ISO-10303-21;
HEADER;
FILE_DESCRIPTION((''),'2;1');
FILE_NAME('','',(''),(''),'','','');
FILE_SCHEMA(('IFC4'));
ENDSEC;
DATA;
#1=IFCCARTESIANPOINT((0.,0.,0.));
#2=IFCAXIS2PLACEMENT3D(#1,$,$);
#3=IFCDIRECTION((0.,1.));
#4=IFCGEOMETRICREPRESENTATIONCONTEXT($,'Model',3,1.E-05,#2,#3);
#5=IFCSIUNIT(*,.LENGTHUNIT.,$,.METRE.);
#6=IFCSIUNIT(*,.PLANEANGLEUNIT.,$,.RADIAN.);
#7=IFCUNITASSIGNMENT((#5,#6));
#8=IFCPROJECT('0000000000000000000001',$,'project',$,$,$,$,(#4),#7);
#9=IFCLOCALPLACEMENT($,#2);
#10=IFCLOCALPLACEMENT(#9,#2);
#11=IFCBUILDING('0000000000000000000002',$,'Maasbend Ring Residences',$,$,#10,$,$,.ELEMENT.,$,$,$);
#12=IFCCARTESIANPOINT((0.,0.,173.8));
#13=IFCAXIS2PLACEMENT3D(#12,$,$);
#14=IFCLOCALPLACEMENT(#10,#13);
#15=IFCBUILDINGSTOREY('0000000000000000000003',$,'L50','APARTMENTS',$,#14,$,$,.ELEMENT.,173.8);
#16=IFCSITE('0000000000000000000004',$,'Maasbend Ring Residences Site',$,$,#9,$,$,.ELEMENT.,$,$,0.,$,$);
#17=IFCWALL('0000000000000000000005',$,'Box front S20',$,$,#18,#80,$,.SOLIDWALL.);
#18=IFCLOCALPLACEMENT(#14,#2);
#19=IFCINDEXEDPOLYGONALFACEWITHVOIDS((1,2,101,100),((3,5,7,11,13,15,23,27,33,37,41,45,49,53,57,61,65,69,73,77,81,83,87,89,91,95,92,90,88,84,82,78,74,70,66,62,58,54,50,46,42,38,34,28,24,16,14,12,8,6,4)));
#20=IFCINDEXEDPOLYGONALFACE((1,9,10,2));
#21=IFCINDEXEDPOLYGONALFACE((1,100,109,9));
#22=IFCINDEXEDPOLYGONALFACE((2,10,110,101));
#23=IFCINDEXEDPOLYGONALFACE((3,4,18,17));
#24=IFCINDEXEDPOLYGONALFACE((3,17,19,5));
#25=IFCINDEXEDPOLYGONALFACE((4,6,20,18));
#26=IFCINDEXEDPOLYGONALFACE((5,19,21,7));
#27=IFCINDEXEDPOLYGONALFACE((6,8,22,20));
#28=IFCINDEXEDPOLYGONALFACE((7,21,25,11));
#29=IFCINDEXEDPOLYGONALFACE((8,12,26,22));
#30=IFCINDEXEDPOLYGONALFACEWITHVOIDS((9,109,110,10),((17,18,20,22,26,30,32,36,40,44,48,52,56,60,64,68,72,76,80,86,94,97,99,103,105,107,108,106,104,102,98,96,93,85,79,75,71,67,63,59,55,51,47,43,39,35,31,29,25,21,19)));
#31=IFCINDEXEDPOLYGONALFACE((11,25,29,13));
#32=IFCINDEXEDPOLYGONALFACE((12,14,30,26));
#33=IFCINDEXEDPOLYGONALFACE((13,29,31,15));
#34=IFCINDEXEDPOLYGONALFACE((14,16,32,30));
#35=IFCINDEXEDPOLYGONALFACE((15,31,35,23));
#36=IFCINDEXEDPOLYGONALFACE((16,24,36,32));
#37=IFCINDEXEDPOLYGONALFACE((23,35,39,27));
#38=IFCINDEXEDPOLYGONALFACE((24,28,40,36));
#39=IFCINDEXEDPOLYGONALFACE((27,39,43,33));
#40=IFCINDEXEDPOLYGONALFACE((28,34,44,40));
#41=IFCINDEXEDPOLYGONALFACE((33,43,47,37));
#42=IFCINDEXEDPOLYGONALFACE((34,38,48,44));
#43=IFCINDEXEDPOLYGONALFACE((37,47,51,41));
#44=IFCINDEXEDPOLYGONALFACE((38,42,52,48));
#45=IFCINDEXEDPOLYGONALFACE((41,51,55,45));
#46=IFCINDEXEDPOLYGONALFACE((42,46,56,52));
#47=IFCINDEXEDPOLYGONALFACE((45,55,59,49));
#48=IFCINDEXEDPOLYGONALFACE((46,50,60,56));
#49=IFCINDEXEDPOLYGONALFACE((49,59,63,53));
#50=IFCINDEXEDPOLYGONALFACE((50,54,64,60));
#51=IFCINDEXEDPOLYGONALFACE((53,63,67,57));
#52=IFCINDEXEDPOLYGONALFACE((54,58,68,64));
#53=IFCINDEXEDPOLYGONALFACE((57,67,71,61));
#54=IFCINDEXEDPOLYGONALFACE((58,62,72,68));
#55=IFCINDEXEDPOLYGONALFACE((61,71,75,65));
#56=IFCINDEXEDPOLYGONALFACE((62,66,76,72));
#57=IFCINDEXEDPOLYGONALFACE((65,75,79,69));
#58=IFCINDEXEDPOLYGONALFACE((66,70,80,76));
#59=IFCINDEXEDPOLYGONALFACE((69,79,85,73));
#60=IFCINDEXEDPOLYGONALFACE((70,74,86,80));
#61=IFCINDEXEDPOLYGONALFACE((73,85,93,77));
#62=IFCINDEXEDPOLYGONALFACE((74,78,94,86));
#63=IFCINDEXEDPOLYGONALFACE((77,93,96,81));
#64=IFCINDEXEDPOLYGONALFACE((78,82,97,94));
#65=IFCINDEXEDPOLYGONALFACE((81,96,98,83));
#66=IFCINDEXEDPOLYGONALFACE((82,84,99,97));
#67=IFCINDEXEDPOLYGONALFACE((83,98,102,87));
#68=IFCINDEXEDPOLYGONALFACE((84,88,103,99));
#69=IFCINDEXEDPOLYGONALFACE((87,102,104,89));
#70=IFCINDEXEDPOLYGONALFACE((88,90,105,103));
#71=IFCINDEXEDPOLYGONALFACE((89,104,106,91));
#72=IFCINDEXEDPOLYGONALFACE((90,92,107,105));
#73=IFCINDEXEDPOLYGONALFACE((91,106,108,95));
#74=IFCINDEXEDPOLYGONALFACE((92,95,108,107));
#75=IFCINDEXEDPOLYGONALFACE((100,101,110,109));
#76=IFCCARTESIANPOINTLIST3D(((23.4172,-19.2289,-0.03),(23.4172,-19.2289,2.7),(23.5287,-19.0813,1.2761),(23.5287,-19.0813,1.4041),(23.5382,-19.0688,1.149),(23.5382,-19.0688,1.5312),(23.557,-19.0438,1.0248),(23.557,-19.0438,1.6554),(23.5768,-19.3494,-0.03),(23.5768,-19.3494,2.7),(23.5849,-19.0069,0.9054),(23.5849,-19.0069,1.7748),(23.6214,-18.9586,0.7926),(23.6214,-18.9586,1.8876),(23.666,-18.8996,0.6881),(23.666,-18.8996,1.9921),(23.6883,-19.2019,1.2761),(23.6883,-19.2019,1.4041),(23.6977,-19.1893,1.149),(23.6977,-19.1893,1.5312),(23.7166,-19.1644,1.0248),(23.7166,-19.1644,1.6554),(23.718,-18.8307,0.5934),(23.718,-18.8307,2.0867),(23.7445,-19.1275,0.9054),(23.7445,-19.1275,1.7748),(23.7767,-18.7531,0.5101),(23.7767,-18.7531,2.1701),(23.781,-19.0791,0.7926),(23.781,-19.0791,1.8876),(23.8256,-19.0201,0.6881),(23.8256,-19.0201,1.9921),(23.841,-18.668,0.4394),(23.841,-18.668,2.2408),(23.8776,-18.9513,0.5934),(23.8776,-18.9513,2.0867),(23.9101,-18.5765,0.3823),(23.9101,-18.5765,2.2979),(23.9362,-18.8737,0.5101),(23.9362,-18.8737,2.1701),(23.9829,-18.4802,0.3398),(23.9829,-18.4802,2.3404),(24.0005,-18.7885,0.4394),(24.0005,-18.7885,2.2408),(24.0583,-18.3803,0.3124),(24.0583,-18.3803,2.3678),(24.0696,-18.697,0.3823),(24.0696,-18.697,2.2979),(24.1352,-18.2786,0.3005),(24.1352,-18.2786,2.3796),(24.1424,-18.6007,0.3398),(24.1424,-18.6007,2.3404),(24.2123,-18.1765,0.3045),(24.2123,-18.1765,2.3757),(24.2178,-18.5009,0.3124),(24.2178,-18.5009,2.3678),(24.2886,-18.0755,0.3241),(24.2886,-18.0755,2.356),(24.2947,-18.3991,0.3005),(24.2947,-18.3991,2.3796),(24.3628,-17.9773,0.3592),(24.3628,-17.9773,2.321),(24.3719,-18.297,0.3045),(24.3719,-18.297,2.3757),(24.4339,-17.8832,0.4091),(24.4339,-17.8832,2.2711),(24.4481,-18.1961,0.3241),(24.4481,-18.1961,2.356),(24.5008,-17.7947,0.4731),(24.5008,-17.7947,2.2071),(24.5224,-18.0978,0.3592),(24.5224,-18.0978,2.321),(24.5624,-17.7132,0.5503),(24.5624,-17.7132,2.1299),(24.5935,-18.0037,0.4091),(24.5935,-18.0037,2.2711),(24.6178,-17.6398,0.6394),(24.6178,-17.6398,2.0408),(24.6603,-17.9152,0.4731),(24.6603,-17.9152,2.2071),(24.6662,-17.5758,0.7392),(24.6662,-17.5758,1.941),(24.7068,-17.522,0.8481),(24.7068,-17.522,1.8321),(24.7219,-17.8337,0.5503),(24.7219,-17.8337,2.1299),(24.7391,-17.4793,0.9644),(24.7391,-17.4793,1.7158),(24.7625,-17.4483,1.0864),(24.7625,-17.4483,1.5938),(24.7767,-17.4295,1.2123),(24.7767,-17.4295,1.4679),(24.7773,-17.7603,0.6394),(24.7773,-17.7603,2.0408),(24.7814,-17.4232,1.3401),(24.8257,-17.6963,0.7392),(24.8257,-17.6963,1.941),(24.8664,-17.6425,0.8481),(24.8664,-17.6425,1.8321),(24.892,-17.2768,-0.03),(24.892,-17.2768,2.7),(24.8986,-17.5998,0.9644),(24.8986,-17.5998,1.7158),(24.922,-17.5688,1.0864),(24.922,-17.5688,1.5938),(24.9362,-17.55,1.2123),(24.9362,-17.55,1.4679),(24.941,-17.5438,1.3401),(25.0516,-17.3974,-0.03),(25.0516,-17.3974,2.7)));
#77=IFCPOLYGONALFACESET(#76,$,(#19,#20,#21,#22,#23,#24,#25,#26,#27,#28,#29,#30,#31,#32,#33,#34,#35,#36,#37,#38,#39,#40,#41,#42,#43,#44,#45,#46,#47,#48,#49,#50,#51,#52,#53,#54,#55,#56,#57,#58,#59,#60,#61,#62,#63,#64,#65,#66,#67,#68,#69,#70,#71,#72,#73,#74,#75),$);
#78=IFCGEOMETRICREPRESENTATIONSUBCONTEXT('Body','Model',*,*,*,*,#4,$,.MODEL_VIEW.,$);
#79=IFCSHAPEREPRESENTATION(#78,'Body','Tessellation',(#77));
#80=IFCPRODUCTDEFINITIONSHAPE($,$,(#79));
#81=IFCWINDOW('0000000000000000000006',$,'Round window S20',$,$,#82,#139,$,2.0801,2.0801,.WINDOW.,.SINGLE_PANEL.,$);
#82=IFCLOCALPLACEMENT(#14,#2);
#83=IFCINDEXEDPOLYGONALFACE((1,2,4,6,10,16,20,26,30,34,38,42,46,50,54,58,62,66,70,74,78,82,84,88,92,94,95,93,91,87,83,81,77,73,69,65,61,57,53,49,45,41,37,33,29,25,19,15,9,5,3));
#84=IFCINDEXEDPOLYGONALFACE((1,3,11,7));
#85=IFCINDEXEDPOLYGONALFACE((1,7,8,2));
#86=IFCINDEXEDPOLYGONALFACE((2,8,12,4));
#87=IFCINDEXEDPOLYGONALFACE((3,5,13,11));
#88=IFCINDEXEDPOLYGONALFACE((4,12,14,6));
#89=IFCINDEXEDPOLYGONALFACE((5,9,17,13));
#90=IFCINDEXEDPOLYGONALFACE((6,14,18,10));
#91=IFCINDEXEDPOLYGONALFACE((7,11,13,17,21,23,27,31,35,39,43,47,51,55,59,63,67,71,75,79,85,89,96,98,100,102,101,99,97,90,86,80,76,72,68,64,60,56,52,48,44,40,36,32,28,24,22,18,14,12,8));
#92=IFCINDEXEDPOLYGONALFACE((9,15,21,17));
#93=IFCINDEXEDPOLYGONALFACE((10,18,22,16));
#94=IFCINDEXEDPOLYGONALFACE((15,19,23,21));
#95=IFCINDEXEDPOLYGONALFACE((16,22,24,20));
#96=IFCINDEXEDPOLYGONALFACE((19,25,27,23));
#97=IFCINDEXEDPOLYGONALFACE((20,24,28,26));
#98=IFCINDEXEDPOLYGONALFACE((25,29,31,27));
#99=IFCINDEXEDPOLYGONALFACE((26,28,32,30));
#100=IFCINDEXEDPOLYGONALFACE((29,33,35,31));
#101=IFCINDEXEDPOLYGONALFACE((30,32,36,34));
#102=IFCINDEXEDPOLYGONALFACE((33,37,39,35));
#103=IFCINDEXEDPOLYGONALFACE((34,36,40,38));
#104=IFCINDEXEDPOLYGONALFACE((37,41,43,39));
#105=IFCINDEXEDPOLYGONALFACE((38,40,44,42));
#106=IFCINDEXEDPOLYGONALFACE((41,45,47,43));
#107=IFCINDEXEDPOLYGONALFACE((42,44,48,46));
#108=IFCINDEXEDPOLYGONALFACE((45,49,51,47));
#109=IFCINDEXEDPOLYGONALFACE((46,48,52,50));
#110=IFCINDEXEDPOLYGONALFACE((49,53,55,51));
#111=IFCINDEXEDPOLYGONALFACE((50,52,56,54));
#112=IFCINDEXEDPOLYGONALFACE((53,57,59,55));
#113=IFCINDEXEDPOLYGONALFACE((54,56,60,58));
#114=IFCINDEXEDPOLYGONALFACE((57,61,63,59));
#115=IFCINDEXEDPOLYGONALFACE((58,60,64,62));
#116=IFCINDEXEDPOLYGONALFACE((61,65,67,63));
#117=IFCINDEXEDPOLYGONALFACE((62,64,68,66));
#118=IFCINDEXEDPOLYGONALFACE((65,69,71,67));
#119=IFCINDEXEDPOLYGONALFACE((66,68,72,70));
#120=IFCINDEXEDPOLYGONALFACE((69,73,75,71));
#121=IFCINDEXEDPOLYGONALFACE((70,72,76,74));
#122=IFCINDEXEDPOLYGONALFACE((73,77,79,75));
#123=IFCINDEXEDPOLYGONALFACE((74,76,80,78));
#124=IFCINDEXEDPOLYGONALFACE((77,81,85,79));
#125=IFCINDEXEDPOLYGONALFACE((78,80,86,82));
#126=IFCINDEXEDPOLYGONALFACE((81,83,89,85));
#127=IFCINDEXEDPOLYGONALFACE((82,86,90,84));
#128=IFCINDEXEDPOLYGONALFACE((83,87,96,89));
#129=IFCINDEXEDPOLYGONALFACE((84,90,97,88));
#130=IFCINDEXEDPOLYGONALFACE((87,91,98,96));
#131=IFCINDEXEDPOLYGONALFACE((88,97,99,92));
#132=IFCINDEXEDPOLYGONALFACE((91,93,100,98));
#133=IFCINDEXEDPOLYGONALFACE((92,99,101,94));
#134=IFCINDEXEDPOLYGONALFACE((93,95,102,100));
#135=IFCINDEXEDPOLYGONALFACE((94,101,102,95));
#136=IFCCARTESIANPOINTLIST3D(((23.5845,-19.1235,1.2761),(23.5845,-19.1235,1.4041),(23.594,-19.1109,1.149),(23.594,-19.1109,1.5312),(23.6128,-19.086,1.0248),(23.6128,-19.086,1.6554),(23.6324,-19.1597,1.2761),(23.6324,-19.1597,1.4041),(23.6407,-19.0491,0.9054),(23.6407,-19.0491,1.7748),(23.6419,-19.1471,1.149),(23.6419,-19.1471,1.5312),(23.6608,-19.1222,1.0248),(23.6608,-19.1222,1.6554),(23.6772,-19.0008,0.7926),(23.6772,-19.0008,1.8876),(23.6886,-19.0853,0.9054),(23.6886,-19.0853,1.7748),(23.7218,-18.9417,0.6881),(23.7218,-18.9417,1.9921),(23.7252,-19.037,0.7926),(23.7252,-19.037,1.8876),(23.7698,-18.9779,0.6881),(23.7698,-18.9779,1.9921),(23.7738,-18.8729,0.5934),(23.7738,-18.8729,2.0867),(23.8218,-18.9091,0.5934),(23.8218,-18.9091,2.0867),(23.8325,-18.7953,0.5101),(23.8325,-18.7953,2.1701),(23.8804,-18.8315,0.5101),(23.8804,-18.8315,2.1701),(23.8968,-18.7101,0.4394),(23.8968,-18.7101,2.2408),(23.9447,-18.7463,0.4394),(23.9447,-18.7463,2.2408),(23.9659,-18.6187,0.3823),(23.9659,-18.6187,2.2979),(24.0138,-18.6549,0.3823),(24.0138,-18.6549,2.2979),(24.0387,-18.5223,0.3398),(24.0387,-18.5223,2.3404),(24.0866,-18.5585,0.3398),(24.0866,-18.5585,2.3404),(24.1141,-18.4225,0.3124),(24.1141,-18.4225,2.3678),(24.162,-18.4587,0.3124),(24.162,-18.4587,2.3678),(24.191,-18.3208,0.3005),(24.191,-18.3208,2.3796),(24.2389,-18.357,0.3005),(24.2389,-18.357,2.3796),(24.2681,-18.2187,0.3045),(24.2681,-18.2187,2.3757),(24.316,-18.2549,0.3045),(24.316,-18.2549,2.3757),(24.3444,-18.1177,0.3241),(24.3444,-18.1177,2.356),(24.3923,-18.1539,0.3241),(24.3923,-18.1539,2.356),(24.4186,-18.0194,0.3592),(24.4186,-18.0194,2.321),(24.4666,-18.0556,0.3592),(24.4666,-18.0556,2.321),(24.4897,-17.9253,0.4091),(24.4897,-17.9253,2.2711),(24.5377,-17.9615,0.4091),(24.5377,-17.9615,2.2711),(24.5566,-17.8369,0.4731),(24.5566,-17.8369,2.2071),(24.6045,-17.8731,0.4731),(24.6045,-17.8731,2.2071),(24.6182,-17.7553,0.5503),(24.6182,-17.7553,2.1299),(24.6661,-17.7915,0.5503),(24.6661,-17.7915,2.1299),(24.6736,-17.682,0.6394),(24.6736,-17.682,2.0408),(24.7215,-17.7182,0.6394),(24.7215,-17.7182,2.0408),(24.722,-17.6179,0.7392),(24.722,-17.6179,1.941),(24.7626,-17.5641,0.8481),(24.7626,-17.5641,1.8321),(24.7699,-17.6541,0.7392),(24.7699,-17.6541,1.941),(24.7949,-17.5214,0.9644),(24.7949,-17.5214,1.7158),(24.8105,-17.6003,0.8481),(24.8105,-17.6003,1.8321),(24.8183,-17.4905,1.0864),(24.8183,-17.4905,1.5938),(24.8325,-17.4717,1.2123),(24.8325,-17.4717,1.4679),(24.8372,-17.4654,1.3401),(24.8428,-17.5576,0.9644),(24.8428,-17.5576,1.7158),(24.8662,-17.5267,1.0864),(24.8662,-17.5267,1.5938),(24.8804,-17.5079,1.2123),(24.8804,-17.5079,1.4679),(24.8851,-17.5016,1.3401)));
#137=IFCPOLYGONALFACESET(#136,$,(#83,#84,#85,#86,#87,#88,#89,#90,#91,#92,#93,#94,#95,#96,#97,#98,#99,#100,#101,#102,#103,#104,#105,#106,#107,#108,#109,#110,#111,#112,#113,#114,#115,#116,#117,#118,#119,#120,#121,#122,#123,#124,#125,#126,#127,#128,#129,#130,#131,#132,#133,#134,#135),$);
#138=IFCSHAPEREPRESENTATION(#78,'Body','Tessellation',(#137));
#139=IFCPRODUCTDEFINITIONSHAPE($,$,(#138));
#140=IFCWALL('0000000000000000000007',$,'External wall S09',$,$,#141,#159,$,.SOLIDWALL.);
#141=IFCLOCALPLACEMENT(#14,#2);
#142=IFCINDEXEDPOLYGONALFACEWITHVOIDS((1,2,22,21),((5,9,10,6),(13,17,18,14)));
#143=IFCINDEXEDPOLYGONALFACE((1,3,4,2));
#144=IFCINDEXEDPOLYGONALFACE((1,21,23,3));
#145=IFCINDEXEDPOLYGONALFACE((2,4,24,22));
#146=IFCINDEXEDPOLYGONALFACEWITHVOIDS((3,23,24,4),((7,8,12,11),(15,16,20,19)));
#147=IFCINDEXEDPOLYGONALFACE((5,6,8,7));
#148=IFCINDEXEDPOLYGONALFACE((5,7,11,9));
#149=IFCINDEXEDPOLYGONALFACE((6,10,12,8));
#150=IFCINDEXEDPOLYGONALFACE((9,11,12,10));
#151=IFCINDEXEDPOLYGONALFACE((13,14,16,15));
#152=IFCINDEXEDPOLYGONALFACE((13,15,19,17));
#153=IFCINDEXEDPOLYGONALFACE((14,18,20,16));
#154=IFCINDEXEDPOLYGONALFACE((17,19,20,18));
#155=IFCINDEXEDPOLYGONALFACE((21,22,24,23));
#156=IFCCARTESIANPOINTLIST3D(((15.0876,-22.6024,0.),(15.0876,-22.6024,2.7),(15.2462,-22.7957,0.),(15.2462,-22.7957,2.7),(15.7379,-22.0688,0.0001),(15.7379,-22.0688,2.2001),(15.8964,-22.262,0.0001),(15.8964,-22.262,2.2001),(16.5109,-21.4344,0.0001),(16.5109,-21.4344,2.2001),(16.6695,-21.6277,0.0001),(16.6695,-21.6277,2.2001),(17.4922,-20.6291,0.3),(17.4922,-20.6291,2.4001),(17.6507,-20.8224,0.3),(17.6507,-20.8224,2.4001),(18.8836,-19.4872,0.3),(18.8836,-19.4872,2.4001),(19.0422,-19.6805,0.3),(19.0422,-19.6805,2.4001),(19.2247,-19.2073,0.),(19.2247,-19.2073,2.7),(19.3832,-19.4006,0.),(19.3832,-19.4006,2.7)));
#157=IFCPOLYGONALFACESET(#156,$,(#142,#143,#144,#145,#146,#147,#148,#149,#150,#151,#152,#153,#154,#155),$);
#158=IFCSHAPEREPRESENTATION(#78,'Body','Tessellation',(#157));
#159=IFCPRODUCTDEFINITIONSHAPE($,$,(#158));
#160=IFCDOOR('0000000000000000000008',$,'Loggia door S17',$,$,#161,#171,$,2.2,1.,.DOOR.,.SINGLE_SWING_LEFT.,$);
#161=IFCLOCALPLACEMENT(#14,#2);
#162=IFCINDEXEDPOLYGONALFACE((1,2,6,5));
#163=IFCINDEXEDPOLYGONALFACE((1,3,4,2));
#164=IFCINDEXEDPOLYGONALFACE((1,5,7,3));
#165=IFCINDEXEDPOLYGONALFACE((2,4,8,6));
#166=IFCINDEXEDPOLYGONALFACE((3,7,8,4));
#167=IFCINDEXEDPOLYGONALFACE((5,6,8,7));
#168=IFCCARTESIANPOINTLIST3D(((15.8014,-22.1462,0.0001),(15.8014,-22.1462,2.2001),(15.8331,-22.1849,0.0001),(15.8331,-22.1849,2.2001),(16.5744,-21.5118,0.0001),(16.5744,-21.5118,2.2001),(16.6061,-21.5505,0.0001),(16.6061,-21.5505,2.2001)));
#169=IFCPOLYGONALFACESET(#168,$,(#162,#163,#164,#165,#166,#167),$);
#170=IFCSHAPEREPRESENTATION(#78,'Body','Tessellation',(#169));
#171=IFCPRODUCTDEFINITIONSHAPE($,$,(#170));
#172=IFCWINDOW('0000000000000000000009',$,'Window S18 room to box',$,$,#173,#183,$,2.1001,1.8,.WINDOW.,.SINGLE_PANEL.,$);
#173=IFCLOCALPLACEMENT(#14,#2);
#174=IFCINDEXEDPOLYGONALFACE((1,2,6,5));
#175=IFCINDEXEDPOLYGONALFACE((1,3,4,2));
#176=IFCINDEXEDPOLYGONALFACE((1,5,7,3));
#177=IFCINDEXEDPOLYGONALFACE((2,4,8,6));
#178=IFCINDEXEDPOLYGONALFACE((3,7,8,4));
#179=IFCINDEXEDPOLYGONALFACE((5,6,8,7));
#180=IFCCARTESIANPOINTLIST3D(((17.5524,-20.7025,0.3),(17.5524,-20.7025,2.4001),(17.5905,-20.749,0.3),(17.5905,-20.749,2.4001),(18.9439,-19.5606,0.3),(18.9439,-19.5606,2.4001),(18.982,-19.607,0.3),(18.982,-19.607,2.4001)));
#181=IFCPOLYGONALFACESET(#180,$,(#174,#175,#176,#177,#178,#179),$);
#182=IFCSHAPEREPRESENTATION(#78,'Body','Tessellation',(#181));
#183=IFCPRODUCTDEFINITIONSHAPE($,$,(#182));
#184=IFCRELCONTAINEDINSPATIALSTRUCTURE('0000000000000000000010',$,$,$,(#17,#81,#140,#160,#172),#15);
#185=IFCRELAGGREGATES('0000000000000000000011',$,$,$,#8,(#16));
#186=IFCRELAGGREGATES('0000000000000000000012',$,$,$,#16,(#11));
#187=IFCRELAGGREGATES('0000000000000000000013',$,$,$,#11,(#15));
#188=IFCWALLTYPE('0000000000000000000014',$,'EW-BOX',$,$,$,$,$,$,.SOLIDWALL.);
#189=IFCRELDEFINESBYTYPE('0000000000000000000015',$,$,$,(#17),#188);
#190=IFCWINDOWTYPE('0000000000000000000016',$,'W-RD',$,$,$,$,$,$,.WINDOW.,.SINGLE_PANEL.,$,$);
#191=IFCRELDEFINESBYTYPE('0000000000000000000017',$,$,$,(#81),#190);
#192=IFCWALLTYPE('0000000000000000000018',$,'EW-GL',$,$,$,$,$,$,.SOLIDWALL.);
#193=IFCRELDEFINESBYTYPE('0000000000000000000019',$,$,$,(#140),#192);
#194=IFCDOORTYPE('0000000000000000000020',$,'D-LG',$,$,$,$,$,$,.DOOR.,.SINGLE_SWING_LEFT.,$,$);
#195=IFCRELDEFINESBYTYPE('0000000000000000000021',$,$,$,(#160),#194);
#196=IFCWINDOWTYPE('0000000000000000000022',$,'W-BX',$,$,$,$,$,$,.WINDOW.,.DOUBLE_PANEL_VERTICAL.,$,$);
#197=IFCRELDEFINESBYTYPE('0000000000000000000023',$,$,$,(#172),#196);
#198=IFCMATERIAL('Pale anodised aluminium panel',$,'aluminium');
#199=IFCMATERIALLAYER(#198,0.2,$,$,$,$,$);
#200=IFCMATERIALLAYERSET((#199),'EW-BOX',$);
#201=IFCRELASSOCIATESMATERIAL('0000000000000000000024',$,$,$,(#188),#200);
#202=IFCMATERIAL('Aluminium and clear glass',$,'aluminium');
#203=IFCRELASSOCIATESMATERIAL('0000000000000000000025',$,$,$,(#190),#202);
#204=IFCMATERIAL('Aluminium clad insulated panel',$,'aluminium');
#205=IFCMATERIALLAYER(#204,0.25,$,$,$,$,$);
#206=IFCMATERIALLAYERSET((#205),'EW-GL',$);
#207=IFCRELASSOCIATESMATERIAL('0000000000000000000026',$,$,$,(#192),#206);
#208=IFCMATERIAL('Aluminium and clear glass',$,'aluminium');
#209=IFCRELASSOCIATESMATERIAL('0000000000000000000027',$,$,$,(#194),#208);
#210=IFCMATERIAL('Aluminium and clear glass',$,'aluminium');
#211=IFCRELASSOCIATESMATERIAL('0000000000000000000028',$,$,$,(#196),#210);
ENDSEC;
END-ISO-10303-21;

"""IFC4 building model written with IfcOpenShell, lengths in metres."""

from ifc_helpers import new_model, si_unit, direction, frame, frame_2d, origin, place, context, subcontext, project, spatial, rectangle, circle, extrude, material, layer, layer_set, type_object, element, fill, save


model = new_model("IFC4")

# Units and contexts
model_context = context("Model", 3, precision=1e-05, world=origin(), true_north=direction((0.0, 1.0)))
body_context = subcontext(model_context, "Body", "Model", "MODEL_VIEW")
ifc_project = project(units=[si_unit("LENGTHUNIT", "METRE"), si_unit("PLANEANGLEUNIT", "RADIAN")], contexts=[model_context])

# Site, building, storey
site_placement = place(None, origin())
site = spatial("IfcSite", under=ifc_project, at=site_placement, Name="Maasbend Ring Residences Site", CompositionType="ELEMENT", RefElevation=0.0)
building_placement = place(site_placement, origin())
building = spatial("IfcBuilding", under=site, at=building_placement, Name="Maasbend Ring Residences", CompositionType="ELEMENT")
storey_placement = place(building_placement, frame((0.0, 0.0, 173.8)))
storey = spatial("IfcBuildingStorey", under=building, at=storey_placement, Name="L50", Description="APARTMENTS", CompositionType="ELEMENT", Elevation=173.8)

# Shared definitions
ifc_material_1 = material(Name="Pale anodised aluminium panel", Category="aluminium")
ifc_layer_1 = layer(ifc_material_1, 0.2)
ifc_layer_set_1 = layer_set([ifc_layer_1], Name="EW-BOX")
wall_type_1 = type_object("IfcWallType", Name="EW-BOX", PredefinedType="SOLIDWALL", material=ifc_layer_set_1)
ifc_material_2 = material(Name="Aluminium and clear glass", Category="aluminium")
window_type_1 = type_object("IfcWindowType", Name="W-RD", PartitioningType="SINGLE_PANEL", PredefinedType="WINDOW", material=ifc_material_2)

# Wall, opening, window
wall_1_placement = place(storey_placement, frame((23.4971, -19.2891, -0.03), z_axis=(0.0, 0.0, 1.0), x_axis=(0.602806, 0.797888, 0.0)))
wall_1 = element("IfcWall", 1, at=wall_1_placement, inside=storey, type_object=wall_type_1, Name="Box front S20", PredefinedType="SOLIDWALL", context=body_context, shape_type="SweptSolid", body=[
    extrude(rectangle(XDim=2.4465, YDim=0.2, at=frame_2d((1.2231, 0.0))), origin(), (0.0, 0.0, 1.0), 2.73),
])
opening_1_placement = place(wall_1_placement, frame((0.1829, 0.0, 0.3301)))
opening_1 = element("IfcOpeningElement", 2, at=opening_1_placement, cuts=wall_1, PredefinedType="OPENING", context=body_context, shape_type="SweptSolid", body=[
    extrude(circle(Radius=1.04, at=frame_2d((1.04, 1.04))), frame((0.0, 0.1099, 0.0), z_axis=(0.0, -1.0, 0.0), x_axis=(1.0, 0.0, 0.0)), (0.0, 0.0, 1.0), 0.22),
])
window_1_placement = place(opening_1_placement, origin())
window_1 = element("IfcWindow", 3, at=window_1_placement, inside=storey, type_object=window_type_1, Name="Round window S20", OverallHeight=2.0801, OverallWidth=2.0801, PartitioningType="SINGLE_PANEL", PredefinedType="WINDOW", context=body_context, shape_type="SweptSolid", body=[
    extrude(circle(Radius=1.04, at=frame_2d((1.04, 1.04))), frame((0.0, 0.03, 0.0), z_axis=(0.0, -1.0, 0.0), x_axis=(1.0, 0.0, 0.0)), (0.0, 0.0, 1.0), 0.0601),
])
fill(opening_1, window_1)

# Wall, openings, door, window
ifc_material_3 = material(Name="Aluminium clad insulated panel", Category="aluminium")
ifc_layer_2 = layer(ifc_material_3, 0.25)
ifc_layer_set_2 = layer_set([ifc_layer_2], Name="EW-GL")
wall_type_2 = type_object("IfcWallType", Name="EW-GL", PredefinedType="SOLIDWALL", material=ifc_layer_set_2)
wall_2_placement = place(storey_placement, frame((15.167, -22.699, 0.0), z_axis=(0.0, 0.0, 1.0), x_axis=(0.773019, 0.634382, 0.0)))
wall_2 = element("IfcWall", 4, at=wall_2_placement, inside=storey, type_object=wall_type_2, Name="External wall S09", PredefinedType="SOLIDWALL", context=body_context, shape_type="SweptSolid", body=[
    extrude(rectangle(XDim=5.3518, YDim=0.25, at=frame_2d((2.6758, 0.0))), origin(), (0.0, 0.0, 1.0), 2.7),
])
opening_2_placement = place(wall_2_placement, frame((0.8411, 0.0, 0.0)))
opening_2 = element("IfcOpeningElement", 5, at=opening_2_placement, cuts=wall_2, PredefinedType="OPENING", context=body_context, shape_type="SweptSolid", body=[
    extrude(rectangle(XDim=1.0, YDim=2.2, at=frame_2d((0.5, 1.1001))), frame((0.0, 0.135, 0.0), z_axis=(0.0, -1.0, 0.0), x_axis=(1.0, 0.0, 0.0)), (0.0, 0.0, 1.0), 0.27),
])
opening_3_placement = place(wall_2_placement, frame((3.1106, 0.0, 0.3)))
opening_3 = element("IfcOpeningElement", 6, at=opening_3_placement, cuts=wall_2, PredefinedType="OPENING", context=body_context, shape_type="SweptSolid", body=[
    extrude(rectangle(XDim=1.8, YDim=2.1001, at=frame_2d((0.8999, 1.05))), frame((0.0, 0.135, 0.0), z_axis=(0.0, -1.0, 0.0), x_axis=(1.0, 0.0, 0.0)), (0.0, 0.0, 1.0), 0.27),
])
ifc_material_4 = material(Name="Aluminium and clear glass", Category="aluminium")
door_type_1 = type_object("IfcDoorType", Name="D-LG", OperationType="SINGLE_SWING_LEFT", PredefinedType="DOOR", material=ifc_material_4)
door_1_placement = place(opening_2_placement, origin())
door_1 = element("IfcDoor", 7, at=door_1_placement, inside=storey, type_object=door_type_1, Name="Loggia door S17", OperationType="SINGLE_SWING_LEFT", OverallHeight=2.2, OverallWidth=1.0, PredefinedType="DOOR", context=body_context, shape_type="SweptSolid", body=[
    extrude(rectangle(XDim=1.0, YDim=2.2, at=frame_2d((0.5, 1.1001))), frame((0.0, 0.0249, 0.0), z_axis=(0.0, -1.0, 0.0), x_axis=(1.0, 0.0, 0.0)), (0.0, 0.0, 1.0), 0.05),
])
fill(opening_2, door_1)
ifc_material_5 = material(Name="Aluminium and clear glass", Category="aluminium")
window_type_2 = type_object("IfcWindowType", Name="W-BX", PartitioningType="DOUBLE_PANEL_VERTICAL", PredefinedType="WINDOW", material=ifc_material_5)
window_2_placement = place(opening_3_placement, origin())
window_2 = element("IfcWindow", 8, at=window_2_placement, inside=storey, type_object=window_type_2, Name="Window S18 room to box", OverallHeight=2.1001, OverallWidth=1.8, PartitioningType="SINGLE_PANEL", PredefinedType="WINDOW", context=body_context, shape_type="SweptSolid", body=[
    extrude(rectangle(XDim=1.8, YDim=2.1001, at=frame_2d((0.8999, 1.05))), frame((0.0, 0.03, 0.0), z_axis=(0.0, -1.0, 0.0), x_axis=(1.0, 0.0, 0.0)), (0.0, 0.0, 1.0), 0.0601),
])
fill(opening_3, window_2)

save(model, "model.ifc")
